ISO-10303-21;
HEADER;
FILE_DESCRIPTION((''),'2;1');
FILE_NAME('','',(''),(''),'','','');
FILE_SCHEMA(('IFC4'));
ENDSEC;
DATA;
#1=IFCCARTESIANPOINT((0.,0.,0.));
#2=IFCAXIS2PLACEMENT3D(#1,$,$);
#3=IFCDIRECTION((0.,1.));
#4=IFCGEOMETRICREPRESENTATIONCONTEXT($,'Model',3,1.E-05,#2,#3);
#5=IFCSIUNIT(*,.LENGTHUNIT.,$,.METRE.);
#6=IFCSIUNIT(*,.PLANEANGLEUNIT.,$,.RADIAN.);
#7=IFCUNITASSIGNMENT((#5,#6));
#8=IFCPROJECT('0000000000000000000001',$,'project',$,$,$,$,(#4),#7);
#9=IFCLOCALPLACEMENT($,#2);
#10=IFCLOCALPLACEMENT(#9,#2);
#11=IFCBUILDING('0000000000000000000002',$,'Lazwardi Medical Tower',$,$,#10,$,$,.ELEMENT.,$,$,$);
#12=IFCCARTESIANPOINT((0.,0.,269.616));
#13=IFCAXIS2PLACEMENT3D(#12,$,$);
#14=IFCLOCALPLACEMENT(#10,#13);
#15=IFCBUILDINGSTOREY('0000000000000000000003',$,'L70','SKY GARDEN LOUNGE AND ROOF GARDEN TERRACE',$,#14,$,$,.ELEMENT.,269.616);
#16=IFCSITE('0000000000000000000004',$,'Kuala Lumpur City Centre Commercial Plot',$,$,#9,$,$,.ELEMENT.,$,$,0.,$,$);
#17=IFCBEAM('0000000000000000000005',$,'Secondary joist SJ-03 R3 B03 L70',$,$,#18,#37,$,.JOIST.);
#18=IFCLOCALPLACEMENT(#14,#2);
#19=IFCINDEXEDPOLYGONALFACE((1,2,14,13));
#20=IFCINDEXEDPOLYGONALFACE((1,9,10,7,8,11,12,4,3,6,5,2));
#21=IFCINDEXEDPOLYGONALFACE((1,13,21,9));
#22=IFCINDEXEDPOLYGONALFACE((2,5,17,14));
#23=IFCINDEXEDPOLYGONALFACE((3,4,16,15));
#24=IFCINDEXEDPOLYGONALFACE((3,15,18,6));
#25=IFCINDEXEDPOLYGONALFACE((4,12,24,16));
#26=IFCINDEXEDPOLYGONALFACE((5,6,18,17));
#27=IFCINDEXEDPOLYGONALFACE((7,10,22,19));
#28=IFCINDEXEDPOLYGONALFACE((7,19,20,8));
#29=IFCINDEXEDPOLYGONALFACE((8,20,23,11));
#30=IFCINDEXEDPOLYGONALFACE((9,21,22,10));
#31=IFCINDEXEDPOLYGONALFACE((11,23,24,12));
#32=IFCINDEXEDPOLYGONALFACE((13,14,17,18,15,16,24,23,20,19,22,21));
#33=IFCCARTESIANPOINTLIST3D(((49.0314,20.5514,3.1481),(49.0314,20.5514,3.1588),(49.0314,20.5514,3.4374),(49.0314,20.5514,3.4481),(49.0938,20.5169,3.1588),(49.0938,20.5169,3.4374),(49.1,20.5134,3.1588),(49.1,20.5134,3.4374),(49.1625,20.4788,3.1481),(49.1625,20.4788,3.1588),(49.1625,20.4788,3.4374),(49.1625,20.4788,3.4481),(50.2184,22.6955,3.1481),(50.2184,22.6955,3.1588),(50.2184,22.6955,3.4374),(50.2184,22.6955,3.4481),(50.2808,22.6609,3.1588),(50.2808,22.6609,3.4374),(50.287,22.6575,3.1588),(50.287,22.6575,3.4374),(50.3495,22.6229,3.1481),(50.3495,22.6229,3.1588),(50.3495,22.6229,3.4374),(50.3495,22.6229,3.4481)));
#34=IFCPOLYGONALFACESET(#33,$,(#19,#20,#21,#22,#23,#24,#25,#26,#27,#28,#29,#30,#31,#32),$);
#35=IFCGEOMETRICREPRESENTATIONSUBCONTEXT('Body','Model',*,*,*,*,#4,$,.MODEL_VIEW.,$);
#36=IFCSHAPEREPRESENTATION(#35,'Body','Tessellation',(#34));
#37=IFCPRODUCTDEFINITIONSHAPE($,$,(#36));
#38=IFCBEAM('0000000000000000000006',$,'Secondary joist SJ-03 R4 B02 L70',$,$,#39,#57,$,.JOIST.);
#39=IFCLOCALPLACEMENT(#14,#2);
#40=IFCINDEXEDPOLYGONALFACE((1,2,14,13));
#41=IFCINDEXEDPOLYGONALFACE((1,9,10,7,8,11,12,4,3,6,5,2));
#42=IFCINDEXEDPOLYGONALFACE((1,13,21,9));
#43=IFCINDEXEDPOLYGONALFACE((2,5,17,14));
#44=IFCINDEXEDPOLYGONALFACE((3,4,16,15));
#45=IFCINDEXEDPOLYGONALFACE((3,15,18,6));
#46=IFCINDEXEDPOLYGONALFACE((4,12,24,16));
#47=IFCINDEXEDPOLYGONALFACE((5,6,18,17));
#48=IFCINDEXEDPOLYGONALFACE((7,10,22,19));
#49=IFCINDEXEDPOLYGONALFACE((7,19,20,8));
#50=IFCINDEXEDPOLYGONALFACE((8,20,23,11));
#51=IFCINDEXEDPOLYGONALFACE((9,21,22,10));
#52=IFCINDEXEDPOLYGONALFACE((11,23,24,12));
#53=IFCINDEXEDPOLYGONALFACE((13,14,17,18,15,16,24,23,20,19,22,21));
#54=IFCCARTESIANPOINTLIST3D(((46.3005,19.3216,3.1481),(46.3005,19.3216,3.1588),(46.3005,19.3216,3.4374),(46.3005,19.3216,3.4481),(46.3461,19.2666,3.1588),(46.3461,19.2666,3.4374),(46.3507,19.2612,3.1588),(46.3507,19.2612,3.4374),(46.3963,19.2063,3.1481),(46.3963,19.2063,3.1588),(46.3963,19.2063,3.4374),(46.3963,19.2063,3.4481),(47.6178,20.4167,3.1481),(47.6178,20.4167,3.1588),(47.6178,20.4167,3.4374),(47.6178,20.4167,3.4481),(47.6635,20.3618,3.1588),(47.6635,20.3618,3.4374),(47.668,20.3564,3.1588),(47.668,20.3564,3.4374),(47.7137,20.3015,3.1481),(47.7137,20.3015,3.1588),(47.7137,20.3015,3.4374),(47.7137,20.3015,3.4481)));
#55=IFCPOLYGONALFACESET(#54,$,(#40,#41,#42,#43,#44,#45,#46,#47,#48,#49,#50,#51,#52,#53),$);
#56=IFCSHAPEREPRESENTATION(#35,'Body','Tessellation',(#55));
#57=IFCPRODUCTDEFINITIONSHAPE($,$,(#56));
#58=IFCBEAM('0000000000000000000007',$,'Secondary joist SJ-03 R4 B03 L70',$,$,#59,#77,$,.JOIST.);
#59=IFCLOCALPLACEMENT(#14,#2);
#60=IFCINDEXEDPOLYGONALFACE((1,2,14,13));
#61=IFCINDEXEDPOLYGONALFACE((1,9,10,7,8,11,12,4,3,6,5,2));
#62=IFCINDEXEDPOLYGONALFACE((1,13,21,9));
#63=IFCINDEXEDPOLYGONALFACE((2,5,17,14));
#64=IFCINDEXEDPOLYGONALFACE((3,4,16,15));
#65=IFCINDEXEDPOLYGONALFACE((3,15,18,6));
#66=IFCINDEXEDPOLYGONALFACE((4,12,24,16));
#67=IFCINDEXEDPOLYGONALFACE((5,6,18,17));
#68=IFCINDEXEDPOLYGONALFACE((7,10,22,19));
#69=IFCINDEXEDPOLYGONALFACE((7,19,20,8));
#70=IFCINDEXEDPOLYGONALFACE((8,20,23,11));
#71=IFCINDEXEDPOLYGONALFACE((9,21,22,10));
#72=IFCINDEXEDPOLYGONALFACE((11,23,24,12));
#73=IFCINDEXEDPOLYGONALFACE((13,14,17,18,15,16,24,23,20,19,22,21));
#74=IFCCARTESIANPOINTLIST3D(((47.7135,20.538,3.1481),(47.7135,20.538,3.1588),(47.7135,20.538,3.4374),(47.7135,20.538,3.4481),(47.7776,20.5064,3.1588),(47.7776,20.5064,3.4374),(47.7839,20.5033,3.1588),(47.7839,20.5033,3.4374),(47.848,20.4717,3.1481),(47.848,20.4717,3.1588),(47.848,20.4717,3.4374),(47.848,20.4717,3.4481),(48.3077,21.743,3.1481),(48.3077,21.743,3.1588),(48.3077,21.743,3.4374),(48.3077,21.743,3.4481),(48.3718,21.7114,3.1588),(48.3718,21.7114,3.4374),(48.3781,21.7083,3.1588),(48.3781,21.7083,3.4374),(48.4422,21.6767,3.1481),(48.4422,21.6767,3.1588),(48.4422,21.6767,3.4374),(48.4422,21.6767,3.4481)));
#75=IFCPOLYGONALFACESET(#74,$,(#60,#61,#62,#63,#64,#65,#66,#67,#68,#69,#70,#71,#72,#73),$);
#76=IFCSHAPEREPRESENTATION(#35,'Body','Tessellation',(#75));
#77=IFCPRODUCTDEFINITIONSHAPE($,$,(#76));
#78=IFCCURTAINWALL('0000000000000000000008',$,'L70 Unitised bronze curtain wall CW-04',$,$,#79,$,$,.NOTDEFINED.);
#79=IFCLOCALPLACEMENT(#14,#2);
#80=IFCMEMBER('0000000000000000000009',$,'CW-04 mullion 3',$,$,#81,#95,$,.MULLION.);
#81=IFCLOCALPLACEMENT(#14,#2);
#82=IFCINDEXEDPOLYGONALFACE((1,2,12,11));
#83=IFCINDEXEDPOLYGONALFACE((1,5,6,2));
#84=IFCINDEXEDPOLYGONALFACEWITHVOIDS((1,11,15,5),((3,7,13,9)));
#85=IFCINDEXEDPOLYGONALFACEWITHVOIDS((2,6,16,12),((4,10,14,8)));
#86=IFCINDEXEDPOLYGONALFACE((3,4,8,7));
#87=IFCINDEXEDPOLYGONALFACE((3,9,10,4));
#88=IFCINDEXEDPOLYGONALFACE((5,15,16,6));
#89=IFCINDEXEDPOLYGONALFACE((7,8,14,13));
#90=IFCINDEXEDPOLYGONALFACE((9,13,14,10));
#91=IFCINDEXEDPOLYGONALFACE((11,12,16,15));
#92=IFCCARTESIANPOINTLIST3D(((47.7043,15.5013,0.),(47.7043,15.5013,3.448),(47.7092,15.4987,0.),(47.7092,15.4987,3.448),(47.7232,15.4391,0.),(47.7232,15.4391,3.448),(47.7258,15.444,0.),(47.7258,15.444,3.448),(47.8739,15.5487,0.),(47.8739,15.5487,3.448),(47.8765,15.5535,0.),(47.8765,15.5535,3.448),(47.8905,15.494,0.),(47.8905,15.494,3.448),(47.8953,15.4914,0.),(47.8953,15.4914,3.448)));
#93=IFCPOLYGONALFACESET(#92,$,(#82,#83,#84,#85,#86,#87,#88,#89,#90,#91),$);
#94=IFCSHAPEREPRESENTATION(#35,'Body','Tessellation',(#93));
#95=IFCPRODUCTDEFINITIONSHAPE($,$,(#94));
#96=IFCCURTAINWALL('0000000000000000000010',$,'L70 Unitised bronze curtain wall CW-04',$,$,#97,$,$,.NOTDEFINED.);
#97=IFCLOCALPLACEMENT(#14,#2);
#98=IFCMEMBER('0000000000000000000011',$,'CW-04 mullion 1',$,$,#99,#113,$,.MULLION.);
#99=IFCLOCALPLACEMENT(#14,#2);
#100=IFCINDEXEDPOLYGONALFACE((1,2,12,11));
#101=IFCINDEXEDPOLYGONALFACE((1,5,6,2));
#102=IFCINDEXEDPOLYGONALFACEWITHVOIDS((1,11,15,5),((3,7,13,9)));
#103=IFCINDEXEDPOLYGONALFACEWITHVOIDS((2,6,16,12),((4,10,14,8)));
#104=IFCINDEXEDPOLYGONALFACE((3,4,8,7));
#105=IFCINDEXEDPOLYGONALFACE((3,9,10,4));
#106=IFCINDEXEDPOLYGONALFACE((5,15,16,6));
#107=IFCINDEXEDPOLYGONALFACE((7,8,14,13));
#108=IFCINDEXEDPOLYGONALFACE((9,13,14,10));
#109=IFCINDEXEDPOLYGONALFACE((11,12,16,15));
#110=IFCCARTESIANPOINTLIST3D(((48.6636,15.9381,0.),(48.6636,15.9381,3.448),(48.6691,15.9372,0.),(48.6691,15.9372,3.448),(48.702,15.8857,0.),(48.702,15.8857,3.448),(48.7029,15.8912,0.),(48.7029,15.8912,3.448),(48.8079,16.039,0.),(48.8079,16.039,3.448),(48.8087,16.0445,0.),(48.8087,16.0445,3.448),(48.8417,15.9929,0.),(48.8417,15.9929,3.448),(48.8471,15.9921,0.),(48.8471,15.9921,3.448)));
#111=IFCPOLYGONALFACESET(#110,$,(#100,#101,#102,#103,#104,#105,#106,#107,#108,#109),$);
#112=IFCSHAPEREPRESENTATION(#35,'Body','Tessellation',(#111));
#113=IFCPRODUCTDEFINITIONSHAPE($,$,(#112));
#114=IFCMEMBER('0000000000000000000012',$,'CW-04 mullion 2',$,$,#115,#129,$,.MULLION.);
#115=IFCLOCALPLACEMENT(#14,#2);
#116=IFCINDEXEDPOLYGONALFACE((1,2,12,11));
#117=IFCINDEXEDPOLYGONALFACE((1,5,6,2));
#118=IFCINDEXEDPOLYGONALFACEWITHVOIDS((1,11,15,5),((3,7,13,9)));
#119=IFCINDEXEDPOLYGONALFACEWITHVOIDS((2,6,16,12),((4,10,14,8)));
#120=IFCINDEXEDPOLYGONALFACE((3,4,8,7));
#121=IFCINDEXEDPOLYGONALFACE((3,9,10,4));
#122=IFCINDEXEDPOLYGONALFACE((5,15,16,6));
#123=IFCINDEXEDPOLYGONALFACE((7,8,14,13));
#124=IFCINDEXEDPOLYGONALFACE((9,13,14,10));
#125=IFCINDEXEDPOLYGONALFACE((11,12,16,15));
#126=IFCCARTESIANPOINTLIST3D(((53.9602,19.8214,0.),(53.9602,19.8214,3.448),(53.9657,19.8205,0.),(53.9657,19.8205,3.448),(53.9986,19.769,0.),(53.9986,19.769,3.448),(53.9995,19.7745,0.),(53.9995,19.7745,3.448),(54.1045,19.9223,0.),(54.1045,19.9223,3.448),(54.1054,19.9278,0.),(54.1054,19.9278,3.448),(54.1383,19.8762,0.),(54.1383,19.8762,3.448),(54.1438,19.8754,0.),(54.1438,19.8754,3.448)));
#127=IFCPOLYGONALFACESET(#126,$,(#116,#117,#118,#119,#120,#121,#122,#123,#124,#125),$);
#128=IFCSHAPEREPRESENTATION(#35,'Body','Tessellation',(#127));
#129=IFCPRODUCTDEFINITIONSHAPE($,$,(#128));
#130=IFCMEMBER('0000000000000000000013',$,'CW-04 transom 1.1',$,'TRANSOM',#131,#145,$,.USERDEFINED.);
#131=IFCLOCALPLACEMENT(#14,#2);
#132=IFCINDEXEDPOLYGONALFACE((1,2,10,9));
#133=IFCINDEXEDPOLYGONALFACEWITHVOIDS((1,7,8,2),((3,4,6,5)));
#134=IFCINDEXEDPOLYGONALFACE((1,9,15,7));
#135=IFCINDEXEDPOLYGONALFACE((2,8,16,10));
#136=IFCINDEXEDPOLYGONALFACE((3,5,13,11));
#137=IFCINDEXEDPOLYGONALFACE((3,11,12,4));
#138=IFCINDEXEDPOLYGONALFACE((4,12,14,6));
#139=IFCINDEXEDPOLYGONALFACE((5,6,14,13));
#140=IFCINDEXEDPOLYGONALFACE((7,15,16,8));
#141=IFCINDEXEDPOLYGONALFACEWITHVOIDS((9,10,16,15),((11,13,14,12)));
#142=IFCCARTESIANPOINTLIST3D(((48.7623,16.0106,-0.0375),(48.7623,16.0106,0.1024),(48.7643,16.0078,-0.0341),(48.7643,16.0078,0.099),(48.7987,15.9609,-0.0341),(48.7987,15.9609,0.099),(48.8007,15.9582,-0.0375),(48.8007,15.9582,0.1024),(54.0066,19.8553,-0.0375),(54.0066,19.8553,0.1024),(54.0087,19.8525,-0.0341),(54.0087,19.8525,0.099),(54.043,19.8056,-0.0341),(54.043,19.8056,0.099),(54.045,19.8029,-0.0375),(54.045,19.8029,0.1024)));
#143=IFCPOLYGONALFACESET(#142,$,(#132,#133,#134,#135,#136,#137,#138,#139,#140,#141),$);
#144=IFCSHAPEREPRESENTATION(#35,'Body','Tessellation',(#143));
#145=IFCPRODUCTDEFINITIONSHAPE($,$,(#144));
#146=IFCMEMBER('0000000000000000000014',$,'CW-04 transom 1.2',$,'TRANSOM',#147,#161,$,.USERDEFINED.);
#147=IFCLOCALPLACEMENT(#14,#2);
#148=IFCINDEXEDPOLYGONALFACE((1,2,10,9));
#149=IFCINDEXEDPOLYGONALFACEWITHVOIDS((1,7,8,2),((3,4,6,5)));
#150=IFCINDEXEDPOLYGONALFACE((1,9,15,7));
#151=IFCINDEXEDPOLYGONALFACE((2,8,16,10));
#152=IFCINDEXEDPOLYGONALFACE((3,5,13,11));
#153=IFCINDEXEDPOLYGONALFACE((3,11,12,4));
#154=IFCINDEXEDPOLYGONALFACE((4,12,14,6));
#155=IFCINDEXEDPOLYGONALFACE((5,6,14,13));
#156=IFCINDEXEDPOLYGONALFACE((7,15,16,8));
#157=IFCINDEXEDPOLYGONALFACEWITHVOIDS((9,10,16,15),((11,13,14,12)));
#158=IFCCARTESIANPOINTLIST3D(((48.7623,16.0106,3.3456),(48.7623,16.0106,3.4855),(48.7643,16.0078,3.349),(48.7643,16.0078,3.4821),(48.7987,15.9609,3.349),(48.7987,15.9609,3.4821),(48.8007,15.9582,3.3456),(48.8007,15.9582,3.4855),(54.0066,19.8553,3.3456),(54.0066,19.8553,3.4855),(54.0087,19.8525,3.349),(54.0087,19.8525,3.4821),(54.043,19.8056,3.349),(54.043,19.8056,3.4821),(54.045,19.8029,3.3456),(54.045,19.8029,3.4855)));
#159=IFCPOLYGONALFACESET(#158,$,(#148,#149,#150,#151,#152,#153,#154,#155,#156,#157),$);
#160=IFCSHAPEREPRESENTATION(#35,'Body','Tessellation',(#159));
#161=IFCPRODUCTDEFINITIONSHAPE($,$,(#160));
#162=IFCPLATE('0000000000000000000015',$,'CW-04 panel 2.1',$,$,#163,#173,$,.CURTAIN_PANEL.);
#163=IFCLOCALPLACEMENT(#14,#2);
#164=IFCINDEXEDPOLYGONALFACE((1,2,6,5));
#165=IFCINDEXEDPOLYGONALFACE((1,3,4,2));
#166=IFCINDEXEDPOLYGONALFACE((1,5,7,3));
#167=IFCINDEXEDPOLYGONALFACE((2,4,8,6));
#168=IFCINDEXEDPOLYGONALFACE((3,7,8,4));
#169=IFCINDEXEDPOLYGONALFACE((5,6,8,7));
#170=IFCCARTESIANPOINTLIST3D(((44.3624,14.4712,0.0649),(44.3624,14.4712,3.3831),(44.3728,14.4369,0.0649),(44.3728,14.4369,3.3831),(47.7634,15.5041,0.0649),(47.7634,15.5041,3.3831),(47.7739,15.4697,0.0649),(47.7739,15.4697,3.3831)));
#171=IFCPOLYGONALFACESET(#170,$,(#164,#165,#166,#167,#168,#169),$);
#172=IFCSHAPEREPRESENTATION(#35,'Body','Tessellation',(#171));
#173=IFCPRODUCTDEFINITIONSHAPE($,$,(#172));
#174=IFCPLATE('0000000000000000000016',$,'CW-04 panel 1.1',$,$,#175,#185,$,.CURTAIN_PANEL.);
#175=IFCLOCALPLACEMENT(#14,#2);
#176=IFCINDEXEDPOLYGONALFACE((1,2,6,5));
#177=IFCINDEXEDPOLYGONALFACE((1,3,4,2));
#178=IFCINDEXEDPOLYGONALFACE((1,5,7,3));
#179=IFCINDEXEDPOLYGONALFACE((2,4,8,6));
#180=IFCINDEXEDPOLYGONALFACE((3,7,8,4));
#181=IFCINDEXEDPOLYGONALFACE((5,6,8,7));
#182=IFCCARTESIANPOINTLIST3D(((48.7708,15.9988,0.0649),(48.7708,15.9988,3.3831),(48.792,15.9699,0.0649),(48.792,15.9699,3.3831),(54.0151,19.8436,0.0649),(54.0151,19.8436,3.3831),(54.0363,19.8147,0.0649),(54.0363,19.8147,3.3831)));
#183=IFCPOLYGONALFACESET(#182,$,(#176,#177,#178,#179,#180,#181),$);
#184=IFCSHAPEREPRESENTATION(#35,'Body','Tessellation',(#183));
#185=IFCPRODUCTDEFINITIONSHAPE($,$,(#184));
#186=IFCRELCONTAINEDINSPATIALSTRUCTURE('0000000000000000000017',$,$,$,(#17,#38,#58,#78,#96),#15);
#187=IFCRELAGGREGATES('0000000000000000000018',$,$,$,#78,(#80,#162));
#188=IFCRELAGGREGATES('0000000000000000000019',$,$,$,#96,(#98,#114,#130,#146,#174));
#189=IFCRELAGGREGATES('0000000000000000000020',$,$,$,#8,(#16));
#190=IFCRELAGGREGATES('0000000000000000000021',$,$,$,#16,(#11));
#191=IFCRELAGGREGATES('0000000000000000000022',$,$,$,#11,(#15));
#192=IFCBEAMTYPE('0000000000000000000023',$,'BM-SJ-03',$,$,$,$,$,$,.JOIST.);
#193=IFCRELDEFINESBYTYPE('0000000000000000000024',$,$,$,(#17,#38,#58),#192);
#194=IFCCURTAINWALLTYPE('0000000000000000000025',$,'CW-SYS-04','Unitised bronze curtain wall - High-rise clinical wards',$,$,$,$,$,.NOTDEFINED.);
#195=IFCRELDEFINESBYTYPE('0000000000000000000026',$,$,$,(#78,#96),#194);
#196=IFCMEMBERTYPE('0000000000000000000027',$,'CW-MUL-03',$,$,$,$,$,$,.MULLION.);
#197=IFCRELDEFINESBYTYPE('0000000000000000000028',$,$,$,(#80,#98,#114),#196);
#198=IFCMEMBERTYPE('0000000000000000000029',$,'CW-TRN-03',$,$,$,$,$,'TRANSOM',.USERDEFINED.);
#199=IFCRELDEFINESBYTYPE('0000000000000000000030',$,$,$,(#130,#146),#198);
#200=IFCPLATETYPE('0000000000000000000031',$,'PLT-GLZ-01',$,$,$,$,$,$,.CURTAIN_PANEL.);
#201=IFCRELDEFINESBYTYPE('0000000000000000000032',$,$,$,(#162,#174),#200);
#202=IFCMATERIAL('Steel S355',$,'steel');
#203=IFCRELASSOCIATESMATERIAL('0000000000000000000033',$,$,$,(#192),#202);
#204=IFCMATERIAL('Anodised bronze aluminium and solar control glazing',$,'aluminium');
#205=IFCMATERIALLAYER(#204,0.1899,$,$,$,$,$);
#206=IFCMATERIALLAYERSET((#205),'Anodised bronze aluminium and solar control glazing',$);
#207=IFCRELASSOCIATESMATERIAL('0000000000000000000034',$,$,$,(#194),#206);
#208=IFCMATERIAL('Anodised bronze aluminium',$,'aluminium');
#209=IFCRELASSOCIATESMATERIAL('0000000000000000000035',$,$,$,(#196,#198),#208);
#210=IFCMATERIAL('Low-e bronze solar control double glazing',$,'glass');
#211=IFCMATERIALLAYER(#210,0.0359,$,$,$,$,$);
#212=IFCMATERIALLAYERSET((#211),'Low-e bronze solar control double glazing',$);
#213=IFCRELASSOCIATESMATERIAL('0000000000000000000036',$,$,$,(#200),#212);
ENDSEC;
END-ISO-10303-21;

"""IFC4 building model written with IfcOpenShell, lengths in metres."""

from ifc_helpers import new_model, si_unit, direction, frame, origin, origin_2d, place, context, subcontext, project, spatial, rectangle, hollow_rectangle, i_section, extrude, material, layer, layer_set, material_profile, profile_set, type_object, element, aggregate, save


model = new_model("IFC4")

# Units and contexts
model_context = context("Model", 3, precision=1e-05, world=origin(), true_north=direction((0.0, 1.0)))
body_context = subcontext(model_context, "Body", "Model", "MODEL_VIEW")
ifc_project = project(units=[si_unit("LENGTHUNIT", "METRE"), si_unit("PLANEANGLEUNIT", "RADIAN")], contexts=[model_context])

# Site, building, storey
site_placement = place(None, origin())
site = spatial("IfcSite", under=ifc_project, at=site_placement, Name="Kuala Lumpur City Centre Commercial Plot", CompositionType="ELEMENT", RefElevation=0.0)
building_placement = place(site_placement, origin())
building = spatial("IfcBuilding", under=site, at=building_placement, Name="Lazwardi Medical Tower", CompositionType="ELEMENT")
storey_placement = place(building_placement, frame((0.0, 0.0, 269.616)))
storey = spatial("IfcBuildingStorey", under=building, at=storey_placement, Name="L70", Description="SKY GARDEN LOUNGE AND ROOF GARDEN TERRACE", CompositionType="ELEMENT", Elevation=269.616)

# Beams
ifc_material_1 = material(Name="Steel S355", Category="steel")
ifc_material_profile_1 = material_profile(ifc_material_1, i_section(OverallWidth=0.1499, OverallDepth=0.3, WebThickness=0.0071, FlangeThickness=0.0107, at=origin_2d()), Name="IPE 300")
ifc_profile_set_1 = profile_set([ifc_material_profile_1], Name="Steel S355")
beam_type_1 = type_object("IfcBeamType", Name="BM-SJ-03", PredefinedType="JOIST", material=ifc_profile_set_1)
beam_1_placement = place(storey_placement, frame((49.0969, 20.5151, 3.2981), z_axis=(0.484357, 0.874871, 0.0), x_axis=(-0.874871, 0.484357, 0.0)))
element("IfcBeam", 1, at=beam_1_placement, inside=storey, type_object=beam_type_1, Name="Secondary joist SJ-03 R3 B03 L70", PredefinedType="JOIST", context=body_context, shape_type="SweptSolid", body=[
    extrude(i_section(OverallWidth=0.1499, OverallDepth=0.3, WebThickness=0.0071, FlangeThickness=0.0107, at=origin_2d()), origin(), (0.0, 0.0, 1.0), 2.4507),
])
beam_2_placement = place(storey_placement, frame((46.3484, 19.2639, 3.2981), z_axis=(0.768968, 0.639287, 0.0), x_axis=(-0.639287, 0.768968, 0.0)))
element("IfcBeam", 2, at=beam_2_placement, inside=storey, type_object=beam_type_1, Name="Secondary joist SJ-03 R4 B02 L70", PredefinedType="JOIST", context=body_context, shape_type="SweptSolid", body=[
    extrude(i_section(OverallWidth=0.1499, OverallDepth=0.3, WebThickness=0.0071, FlangeThickness=0.0107, at=origin_2d()), origin(), (0.0, 0.0, 1.0), 1.7131),
])
beam_3_placement = place(storey_placement, frame((47.7808, 20.5049, 3.2981), z_axis=(0.442264, 0.896885, 0.0), x_axis=(-0.896885, 0.442264, 0.0)))
element("IfcBeam", 3, at=beam_3_placement, inside=storey, type_object=beam_type_1, Name="Secondary joist SJ-03 R4 B03 L70", PredefinedType="JOIST", context=body_context, shape_type="SweptSolid", body=[
    extrude(i_section(OverallWidth=0.1499, OverallDepth=0.3, WebThickness=0.0071, FlangeThickness=0.0107, at=origin_2d()), origin(), (0.0, 0.0, 1.0), 1.3435),
])

# Curtain wall, member
ifc_material_2 = material(Name="Anodised bronze aluminium and solar control glazing", Category="aluminium")
ifc_layer_1 = layer(ifc_material_2, 0.1899)
ifc_layer_set_1 = layer_set([ifc_layer_1], Name="Anodised bronze aluminium and solar control glazing")
curtain_wall_type = type_object("IfcCurtainWallType", Name="CW-SYS-04", Description="Unitised bronze curtain wall - High-rise clinical wards", PredefinedType="NOTDEFINED", material=ifc_layer_set_1)
curtain_wall_1_placement = place(storey_placement, origin())
curtain_wall_1 = element("IfcCurtainWall", 4, at=curtain_wall_1_placement, inside=storey, type_object=curtain_wall_type, Name="L70 Unitised bronze curtain wall CW-04", PredefinedType="NOTDEFINED")
ifc_material_3 = material(Name="Anodised bronze aluminium", Category="aluminium")
ifc_material_profile_2 = material_profile(ifc_material_3, hollow_rectangle(XDim=0.0649, YDim=0.1799, WallThickness=0.0039, at=origin_2d()), Name="ALU-MULLION 180x65x4")
ifc_profile_set_2 = profile_set([ifc_material_profile_2], Name="Anodised bronze aluminium")
member_type_1 = type_object("IfcMemberType", Name="CW-MUL-03", PredefinedType="MULLION", material=ifc_profile_set_2)
member_1_placement = place(storey_placement, frame((47.7998, 15.4963, 0.0), z_axis=(0.0, 0.0, 1.0), x_axis=(-0.290582, 0.95685, 0.0)))
member_1 = element("IfcMember", 5, at=member_1_placement, type_object=member_type_1, Name="CW-04 mullion 3", PredefinedType="MULLION", context=body_context, shape_type="SweptSolid", body=[
    extrude(hollow_rectangle(XDim=0.0649, YDim=0.1799, WallThickness=0.0039, at=origin_2d()), origin(), (0.0, 0.0, 1.0), 3.448),
])

# Curtain wall, members
curtain_wall_2_placement = place(storey_placement, origin())
curtain_wall_2 = element("IfcCurtainWall", 6, at=curtain_wall_2_placement, inside=storey, type_object=curtain_wall_type, Name="L70 Unitised bronze curtain wall CW-04", PredefinedType="NOTDEFINED")
member_2_placement = place(storey_placement, frame((48.7554, 15.9651, 0.0), z_axis=(0.0, 0.0, 1.0), x_axis=(-0.591268, 0.806475, 0.0)))
member_2 = element("IfcMember", 7, at=member_2_placement, type_object=member_type_1, Name="CW-04 mullion 1", PredefinedType="MULLION", context=body_context, shape_type="SweptSolid", body=[
    extrude(hollow_rectangle(XDim=0.0649, YDim=0.1799, WallThickness=0.0039, at=origin_2d()), origin(), (0.0, 0.0, 1.0), 3.448),
])
member_3_placement = place(storey_placement, frame((54.052, 19.8484, 0.0), z_axis=(0.0, 0.0, 1.0), x_axis=(-0.591268, 0.806475, 0.0)))
member_3 = element("IfcMember", 8, at=member_3_placement, type_object=member_type_1, Name="CW-04 mullion 2", PredefinedType="MULLION", context=body_context, shape_type="SweptSolid", body=[
    extrude(hollow_rectangle(XDim=0.0649, YDim=0.1799, WallThickness=0.0039, at=origin_2d()), origin(), (0.0, 0.0, 1.0), 3.448),
])
ifc_material_profile_3 = material_profile(ifc_material_3, hollow_rectangle(XDim=0.0649, YDim=0.1399, WallThickness=0.0034, at=origin_2d()), Name="ALU-TRANSOM 140x65x3.5")
ifc_profile_set_3 = profile_set([ifc_material_profile_3], Name="Anodised bronze aluminium")
member_type_2 = type_object("IfcMemberType", Name="CW-TRN-03", ElementType="TRANSOM", PredefinedType="USERDEFINED", material=ifc_profile_set_3)
member_4_placement = place(storey_placement, frame((48.7815, 15.9844, 0.0325), z_axis=(0.80649, 0.591248, 0.0), x_axis=(-0.591248, 0.80649, 0.0)))
member_4 = element("IfcMember", 9, at=member_4_placement, type_object=member_type_2, Name="CW-04 transom 1.1", ObjectType="TRANSOM", PredefinedType="USERDEFINED", context=body_context, shape_type="SweptSolid", body=[
    extrude(hollow_rectangle(XDim=0.0649, YDim=0.1399, WallThickness=0.0034, at=origin_2d()), origin(), (0.0, 0.0, 1.0), 6.5027),
])
member_5_placement = place(storey_placement, frame((48.7815, 15.9844, 3.4155), z_axis=(0.80649, 0.591248, 0.0), x_axis=(-0.591248, 0.80649, 0.0)))
member_5 = element("IfcMember", 10, at=member_5_placement, type_object=member_type_2, Name="CW-04 transom 1.2", ObjectType="TRANSOM", PredefinedType="USERDEFINED", context=body_context, shape_type="SweptSolid", body=[
    extrude(hollow_rectangle(XDim=0.0649, YDim=0.1399, WallThickness=0.0034, at=origin_2d()), origin(), (0.0, 0.0, 1.0), 6.5027),
])

# Plates
ifc_material_4 = material(Name="Low-e bronze solar control double glazing", Category="glass")
ifc_layer_2 = layer(ifc_material_4, 0.0359)
ifc_layer_set_2 = layer_set([ifc_layer_2], Name="Low-e bronze solar control double glazing")
plate_type = type_object("IfcPlateType", Name="PLT-GLZ-01", PredefinedType="CURTAIN_PANEL", material=ifc_layer_set_2)
plate_1_placement = place(storey_placement, frame((46.0681, 14.9705, 0.0649), z_axis=(0.0, 0.0, 1.0), x_axis=(0.95685, 0.290582, 0.0)))
plate_1 = element("IfcPlate", 11, at=plate_1_placement, type_object=plate_type, Name="CW-04 panel 2.1", PredefinedType="CURTAIN_PANEL", context=body_context, shape_type="SweptSolid", body=[
    extrude(rectangle(XDim=3.5544, YDim=0.0359, at=origin_2d()), origin(), (0.0, 0.0, 1.0), 3.3181),
])
aggregate(curtain_wall_1, [member_1, plate_1])
plate_2_placement = place(storey_placement, frame((51.4036, 17.9067, 0.0649), z_axis=(0.0, 0.0, 1.0), x_axis=(0.806475, 0.591268, 0.0)))
plate_2 = element("IfcPlate", 12, at=plate_2_placement, type_object=plate_type, Name="CW-04 panel 1.1", PredefinedType="CURTAIN_PANEL", context=body_context, shape_type="SweptSolid", body=[
    extrude(rectangle(XDim=6.5027, YDim=0.0359, at=origin_2d()), origin(), (0.0, 0.0, 1.0), 3.3181),
])
aggregate(curtain_wall_2, [member_2, member_3, member_4, member_5, plate_2])

save(model, "model.ifc")
